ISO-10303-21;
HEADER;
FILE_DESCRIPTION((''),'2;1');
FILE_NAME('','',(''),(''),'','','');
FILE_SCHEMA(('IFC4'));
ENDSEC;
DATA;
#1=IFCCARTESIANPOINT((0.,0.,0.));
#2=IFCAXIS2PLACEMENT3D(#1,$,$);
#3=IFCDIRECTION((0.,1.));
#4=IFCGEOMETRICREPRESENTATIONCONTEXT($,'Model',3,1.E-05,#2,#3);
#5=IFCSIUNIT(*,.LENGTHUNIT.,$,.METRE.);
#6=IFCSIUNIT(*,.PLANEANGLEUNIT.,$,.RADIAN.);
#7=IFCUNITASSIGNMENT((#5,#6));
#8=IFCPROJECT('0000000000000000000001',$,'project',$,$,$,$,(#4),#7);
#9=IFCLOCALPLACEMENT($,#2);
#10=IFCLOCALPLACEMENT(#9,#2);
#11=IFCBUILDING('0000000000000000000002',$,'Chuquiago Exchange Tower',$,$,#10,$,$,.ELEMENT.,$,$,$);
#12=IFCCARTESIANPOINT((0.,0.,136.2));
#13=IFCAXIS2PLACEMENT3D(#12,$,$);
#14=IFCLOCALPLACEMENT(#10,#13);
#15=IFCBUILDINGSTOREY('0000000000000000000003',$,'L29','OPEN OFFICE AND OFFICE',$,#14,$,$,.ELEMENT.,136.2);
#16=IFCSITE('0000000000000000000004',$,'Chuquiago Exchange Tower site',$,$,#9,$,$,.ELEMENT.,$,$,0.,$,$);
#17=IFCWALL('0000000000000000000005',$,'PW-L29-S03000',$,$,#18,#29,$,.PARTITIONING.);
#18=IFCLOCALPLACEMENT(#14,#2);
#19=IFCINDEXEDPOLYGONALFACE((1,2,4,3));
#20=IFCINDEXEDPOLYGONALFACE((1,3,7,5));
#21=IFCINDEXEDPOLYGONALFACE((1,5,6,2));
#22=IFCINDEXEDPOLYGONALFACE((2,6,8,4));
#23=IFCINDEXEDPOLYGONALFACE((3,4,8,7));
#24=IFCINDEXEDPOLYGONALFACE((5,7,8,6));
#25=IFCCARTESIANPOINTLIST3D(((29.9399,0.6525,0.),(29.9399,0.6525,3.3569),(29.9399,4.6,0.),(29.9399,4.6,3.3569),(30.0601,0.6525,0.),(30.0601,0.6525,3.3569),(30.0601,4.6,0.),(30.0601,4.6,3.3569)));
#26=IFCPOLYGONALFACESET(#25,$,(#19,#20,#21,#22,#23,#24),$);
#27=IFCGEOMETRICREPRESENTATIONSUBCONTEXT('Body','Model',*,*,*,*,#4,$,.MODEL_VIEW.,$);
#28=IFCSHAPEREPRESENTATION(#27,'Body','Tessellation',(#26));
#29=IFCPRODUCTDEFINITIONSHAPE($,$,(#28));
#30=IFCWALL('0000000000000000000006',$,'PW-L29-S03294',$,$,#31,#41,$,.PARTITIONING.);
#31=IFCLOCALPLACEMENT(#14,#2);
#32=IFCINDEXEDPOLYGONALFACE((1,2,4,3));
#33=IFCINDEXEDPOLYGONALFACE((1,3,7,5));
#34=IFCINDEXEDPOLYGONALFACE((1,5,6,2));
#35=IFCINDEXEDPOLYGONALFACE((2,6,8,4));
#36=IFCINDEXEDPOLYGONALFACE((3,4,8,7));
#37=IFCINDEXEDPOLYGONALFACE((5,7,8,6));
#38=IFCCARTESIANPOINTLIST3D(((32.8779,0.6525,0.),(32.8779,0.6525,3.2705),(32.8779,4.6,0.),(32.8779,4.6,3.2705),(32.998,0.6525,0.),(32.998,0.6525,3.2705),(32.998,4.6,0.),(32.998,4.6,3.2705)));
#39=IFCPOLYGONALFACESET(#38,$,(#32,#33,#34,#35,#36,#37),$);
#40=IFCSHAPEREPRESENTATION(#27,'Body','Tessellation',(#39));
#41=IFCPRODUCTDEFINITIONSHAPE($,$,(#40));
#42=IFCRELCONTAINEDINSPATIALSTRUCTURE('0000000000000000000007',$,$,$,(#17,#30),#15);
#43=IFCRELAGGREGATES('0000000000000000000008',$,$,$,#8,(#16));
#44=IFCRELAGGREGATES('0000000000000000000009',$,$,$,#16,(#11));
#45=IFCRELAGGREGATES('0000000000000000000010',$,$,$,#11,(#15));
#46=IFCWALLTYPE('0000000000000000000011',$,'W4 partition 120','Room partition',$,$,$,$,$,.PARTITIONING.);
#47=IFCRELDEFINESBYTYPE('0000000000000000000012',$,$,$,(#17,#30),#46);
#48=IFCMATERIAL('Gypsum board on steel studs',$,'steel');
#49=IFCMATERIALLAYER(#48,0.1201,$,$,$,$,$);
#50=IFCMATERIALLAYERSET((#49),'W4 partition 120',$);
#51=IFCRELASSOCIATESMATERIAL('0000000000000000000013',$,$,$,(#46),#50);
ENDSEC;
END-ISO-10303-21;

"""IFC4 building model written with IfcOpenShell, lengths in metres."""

from ifc_helpers import new_model, si_unit, direction, frame, frame_2d, origin, place, context, subcontext, project, spatial, rectangle, extrude, material, layer, layer_set, type_object, element, save


model = new_model("IFC4")

# Units and contexts
model_context = context("Model", 3, precision=1e-05, world=origin(), true_north=direction((0.0, 1.0)))
body_context = subcontext(model_context, "Body", "Model", "MODEL_VIEW")
ifc_project = project(units=[si_unit("LENGTHUNIT", "METRE"), si_unit("PLANEANGLEUNIT", "RADIAN")], contexts=[model_context])

# Site, building, storey
site_placement = place(None, origin())
site = spatial("IfcSite", under=ifc_project, at=site_placement, Name="Chuquiago Exchange Tower site", CompositionType="ELEMENT", RefElevation=0.0)
building_placement = place(site_placement, origin())
building = spatial("IfcBuilding", under=site, at=building_placement, Name="Chuquiago Exchange Tower", CompositionType="ELEMENT")
storey_placement = place(building_placement, frame((0.0, 0.0, 136.2)))
storey = spatial("IfcBuildingStorey", under=building, at=storey_placement, Name="L29", Description="OPEN OFFICE AND OFFICE", CompositionType="ELEMENT", Elevation=136.2)

# Walls
ifc_material_1 = material(Name="Gypsum board on steel studs", Category="steel")
ifc_layer = layer(ifc_material_1, 0.1201)
ifc_layer_set = layer_set([ifc_layer], Name="W4 partition 120")
wall_type = type_object("IfcWallType", Name="W4 partition 120", Description="Room partition", PredefinedType="PARTITIONING", material=ifc_layer_set)
for number, where, z_axis, x_axis, name in (
    (1, (30.0, 0.6526, 0.0), (0.0, 0.0, 1.0), (0.0, 1.0, 0.0), "PW-L29-S03000"),
):
    element("IfcWall", number, at=place(storey_placement, frame(where, z_axis=z_axis, x_axis=x_axis)), inside=storey, type_object=wall_type, Name=name, PredefinedType="PARTITIONING", context=body_context, shape_type="SweptSolid", body=[
        extrude(rectangle(XDim=3.9475, YDim=0.1201, at=frame_2d((1.9736, 0.0))), origin(), (0.0, 0.0, 1.0), 3.3569),
    ])
wall_1_placement = place(storey_placement, frame((32.938, 0.6526, 0.0), z_axis=(0.0, 0.0, 1.0), x_axis=(0.0, 1.0, 0.0)))
element("IfcWall", 2, at=wall_1_placement, inside=storey, type_object=wall_type, Name="PW-L29-S03294", PredefinedType="PARTITIONING", context=body_context, shape_type="SweptSolid", body=[
    extrude(rectangle(XDim=3.9475, YDim=0.1201, at=frame_2d((1.9736, 0.0))), origin(), (0.0, 0.0, 1.0), 3.2705),
])

save(model, "model.ifc")
